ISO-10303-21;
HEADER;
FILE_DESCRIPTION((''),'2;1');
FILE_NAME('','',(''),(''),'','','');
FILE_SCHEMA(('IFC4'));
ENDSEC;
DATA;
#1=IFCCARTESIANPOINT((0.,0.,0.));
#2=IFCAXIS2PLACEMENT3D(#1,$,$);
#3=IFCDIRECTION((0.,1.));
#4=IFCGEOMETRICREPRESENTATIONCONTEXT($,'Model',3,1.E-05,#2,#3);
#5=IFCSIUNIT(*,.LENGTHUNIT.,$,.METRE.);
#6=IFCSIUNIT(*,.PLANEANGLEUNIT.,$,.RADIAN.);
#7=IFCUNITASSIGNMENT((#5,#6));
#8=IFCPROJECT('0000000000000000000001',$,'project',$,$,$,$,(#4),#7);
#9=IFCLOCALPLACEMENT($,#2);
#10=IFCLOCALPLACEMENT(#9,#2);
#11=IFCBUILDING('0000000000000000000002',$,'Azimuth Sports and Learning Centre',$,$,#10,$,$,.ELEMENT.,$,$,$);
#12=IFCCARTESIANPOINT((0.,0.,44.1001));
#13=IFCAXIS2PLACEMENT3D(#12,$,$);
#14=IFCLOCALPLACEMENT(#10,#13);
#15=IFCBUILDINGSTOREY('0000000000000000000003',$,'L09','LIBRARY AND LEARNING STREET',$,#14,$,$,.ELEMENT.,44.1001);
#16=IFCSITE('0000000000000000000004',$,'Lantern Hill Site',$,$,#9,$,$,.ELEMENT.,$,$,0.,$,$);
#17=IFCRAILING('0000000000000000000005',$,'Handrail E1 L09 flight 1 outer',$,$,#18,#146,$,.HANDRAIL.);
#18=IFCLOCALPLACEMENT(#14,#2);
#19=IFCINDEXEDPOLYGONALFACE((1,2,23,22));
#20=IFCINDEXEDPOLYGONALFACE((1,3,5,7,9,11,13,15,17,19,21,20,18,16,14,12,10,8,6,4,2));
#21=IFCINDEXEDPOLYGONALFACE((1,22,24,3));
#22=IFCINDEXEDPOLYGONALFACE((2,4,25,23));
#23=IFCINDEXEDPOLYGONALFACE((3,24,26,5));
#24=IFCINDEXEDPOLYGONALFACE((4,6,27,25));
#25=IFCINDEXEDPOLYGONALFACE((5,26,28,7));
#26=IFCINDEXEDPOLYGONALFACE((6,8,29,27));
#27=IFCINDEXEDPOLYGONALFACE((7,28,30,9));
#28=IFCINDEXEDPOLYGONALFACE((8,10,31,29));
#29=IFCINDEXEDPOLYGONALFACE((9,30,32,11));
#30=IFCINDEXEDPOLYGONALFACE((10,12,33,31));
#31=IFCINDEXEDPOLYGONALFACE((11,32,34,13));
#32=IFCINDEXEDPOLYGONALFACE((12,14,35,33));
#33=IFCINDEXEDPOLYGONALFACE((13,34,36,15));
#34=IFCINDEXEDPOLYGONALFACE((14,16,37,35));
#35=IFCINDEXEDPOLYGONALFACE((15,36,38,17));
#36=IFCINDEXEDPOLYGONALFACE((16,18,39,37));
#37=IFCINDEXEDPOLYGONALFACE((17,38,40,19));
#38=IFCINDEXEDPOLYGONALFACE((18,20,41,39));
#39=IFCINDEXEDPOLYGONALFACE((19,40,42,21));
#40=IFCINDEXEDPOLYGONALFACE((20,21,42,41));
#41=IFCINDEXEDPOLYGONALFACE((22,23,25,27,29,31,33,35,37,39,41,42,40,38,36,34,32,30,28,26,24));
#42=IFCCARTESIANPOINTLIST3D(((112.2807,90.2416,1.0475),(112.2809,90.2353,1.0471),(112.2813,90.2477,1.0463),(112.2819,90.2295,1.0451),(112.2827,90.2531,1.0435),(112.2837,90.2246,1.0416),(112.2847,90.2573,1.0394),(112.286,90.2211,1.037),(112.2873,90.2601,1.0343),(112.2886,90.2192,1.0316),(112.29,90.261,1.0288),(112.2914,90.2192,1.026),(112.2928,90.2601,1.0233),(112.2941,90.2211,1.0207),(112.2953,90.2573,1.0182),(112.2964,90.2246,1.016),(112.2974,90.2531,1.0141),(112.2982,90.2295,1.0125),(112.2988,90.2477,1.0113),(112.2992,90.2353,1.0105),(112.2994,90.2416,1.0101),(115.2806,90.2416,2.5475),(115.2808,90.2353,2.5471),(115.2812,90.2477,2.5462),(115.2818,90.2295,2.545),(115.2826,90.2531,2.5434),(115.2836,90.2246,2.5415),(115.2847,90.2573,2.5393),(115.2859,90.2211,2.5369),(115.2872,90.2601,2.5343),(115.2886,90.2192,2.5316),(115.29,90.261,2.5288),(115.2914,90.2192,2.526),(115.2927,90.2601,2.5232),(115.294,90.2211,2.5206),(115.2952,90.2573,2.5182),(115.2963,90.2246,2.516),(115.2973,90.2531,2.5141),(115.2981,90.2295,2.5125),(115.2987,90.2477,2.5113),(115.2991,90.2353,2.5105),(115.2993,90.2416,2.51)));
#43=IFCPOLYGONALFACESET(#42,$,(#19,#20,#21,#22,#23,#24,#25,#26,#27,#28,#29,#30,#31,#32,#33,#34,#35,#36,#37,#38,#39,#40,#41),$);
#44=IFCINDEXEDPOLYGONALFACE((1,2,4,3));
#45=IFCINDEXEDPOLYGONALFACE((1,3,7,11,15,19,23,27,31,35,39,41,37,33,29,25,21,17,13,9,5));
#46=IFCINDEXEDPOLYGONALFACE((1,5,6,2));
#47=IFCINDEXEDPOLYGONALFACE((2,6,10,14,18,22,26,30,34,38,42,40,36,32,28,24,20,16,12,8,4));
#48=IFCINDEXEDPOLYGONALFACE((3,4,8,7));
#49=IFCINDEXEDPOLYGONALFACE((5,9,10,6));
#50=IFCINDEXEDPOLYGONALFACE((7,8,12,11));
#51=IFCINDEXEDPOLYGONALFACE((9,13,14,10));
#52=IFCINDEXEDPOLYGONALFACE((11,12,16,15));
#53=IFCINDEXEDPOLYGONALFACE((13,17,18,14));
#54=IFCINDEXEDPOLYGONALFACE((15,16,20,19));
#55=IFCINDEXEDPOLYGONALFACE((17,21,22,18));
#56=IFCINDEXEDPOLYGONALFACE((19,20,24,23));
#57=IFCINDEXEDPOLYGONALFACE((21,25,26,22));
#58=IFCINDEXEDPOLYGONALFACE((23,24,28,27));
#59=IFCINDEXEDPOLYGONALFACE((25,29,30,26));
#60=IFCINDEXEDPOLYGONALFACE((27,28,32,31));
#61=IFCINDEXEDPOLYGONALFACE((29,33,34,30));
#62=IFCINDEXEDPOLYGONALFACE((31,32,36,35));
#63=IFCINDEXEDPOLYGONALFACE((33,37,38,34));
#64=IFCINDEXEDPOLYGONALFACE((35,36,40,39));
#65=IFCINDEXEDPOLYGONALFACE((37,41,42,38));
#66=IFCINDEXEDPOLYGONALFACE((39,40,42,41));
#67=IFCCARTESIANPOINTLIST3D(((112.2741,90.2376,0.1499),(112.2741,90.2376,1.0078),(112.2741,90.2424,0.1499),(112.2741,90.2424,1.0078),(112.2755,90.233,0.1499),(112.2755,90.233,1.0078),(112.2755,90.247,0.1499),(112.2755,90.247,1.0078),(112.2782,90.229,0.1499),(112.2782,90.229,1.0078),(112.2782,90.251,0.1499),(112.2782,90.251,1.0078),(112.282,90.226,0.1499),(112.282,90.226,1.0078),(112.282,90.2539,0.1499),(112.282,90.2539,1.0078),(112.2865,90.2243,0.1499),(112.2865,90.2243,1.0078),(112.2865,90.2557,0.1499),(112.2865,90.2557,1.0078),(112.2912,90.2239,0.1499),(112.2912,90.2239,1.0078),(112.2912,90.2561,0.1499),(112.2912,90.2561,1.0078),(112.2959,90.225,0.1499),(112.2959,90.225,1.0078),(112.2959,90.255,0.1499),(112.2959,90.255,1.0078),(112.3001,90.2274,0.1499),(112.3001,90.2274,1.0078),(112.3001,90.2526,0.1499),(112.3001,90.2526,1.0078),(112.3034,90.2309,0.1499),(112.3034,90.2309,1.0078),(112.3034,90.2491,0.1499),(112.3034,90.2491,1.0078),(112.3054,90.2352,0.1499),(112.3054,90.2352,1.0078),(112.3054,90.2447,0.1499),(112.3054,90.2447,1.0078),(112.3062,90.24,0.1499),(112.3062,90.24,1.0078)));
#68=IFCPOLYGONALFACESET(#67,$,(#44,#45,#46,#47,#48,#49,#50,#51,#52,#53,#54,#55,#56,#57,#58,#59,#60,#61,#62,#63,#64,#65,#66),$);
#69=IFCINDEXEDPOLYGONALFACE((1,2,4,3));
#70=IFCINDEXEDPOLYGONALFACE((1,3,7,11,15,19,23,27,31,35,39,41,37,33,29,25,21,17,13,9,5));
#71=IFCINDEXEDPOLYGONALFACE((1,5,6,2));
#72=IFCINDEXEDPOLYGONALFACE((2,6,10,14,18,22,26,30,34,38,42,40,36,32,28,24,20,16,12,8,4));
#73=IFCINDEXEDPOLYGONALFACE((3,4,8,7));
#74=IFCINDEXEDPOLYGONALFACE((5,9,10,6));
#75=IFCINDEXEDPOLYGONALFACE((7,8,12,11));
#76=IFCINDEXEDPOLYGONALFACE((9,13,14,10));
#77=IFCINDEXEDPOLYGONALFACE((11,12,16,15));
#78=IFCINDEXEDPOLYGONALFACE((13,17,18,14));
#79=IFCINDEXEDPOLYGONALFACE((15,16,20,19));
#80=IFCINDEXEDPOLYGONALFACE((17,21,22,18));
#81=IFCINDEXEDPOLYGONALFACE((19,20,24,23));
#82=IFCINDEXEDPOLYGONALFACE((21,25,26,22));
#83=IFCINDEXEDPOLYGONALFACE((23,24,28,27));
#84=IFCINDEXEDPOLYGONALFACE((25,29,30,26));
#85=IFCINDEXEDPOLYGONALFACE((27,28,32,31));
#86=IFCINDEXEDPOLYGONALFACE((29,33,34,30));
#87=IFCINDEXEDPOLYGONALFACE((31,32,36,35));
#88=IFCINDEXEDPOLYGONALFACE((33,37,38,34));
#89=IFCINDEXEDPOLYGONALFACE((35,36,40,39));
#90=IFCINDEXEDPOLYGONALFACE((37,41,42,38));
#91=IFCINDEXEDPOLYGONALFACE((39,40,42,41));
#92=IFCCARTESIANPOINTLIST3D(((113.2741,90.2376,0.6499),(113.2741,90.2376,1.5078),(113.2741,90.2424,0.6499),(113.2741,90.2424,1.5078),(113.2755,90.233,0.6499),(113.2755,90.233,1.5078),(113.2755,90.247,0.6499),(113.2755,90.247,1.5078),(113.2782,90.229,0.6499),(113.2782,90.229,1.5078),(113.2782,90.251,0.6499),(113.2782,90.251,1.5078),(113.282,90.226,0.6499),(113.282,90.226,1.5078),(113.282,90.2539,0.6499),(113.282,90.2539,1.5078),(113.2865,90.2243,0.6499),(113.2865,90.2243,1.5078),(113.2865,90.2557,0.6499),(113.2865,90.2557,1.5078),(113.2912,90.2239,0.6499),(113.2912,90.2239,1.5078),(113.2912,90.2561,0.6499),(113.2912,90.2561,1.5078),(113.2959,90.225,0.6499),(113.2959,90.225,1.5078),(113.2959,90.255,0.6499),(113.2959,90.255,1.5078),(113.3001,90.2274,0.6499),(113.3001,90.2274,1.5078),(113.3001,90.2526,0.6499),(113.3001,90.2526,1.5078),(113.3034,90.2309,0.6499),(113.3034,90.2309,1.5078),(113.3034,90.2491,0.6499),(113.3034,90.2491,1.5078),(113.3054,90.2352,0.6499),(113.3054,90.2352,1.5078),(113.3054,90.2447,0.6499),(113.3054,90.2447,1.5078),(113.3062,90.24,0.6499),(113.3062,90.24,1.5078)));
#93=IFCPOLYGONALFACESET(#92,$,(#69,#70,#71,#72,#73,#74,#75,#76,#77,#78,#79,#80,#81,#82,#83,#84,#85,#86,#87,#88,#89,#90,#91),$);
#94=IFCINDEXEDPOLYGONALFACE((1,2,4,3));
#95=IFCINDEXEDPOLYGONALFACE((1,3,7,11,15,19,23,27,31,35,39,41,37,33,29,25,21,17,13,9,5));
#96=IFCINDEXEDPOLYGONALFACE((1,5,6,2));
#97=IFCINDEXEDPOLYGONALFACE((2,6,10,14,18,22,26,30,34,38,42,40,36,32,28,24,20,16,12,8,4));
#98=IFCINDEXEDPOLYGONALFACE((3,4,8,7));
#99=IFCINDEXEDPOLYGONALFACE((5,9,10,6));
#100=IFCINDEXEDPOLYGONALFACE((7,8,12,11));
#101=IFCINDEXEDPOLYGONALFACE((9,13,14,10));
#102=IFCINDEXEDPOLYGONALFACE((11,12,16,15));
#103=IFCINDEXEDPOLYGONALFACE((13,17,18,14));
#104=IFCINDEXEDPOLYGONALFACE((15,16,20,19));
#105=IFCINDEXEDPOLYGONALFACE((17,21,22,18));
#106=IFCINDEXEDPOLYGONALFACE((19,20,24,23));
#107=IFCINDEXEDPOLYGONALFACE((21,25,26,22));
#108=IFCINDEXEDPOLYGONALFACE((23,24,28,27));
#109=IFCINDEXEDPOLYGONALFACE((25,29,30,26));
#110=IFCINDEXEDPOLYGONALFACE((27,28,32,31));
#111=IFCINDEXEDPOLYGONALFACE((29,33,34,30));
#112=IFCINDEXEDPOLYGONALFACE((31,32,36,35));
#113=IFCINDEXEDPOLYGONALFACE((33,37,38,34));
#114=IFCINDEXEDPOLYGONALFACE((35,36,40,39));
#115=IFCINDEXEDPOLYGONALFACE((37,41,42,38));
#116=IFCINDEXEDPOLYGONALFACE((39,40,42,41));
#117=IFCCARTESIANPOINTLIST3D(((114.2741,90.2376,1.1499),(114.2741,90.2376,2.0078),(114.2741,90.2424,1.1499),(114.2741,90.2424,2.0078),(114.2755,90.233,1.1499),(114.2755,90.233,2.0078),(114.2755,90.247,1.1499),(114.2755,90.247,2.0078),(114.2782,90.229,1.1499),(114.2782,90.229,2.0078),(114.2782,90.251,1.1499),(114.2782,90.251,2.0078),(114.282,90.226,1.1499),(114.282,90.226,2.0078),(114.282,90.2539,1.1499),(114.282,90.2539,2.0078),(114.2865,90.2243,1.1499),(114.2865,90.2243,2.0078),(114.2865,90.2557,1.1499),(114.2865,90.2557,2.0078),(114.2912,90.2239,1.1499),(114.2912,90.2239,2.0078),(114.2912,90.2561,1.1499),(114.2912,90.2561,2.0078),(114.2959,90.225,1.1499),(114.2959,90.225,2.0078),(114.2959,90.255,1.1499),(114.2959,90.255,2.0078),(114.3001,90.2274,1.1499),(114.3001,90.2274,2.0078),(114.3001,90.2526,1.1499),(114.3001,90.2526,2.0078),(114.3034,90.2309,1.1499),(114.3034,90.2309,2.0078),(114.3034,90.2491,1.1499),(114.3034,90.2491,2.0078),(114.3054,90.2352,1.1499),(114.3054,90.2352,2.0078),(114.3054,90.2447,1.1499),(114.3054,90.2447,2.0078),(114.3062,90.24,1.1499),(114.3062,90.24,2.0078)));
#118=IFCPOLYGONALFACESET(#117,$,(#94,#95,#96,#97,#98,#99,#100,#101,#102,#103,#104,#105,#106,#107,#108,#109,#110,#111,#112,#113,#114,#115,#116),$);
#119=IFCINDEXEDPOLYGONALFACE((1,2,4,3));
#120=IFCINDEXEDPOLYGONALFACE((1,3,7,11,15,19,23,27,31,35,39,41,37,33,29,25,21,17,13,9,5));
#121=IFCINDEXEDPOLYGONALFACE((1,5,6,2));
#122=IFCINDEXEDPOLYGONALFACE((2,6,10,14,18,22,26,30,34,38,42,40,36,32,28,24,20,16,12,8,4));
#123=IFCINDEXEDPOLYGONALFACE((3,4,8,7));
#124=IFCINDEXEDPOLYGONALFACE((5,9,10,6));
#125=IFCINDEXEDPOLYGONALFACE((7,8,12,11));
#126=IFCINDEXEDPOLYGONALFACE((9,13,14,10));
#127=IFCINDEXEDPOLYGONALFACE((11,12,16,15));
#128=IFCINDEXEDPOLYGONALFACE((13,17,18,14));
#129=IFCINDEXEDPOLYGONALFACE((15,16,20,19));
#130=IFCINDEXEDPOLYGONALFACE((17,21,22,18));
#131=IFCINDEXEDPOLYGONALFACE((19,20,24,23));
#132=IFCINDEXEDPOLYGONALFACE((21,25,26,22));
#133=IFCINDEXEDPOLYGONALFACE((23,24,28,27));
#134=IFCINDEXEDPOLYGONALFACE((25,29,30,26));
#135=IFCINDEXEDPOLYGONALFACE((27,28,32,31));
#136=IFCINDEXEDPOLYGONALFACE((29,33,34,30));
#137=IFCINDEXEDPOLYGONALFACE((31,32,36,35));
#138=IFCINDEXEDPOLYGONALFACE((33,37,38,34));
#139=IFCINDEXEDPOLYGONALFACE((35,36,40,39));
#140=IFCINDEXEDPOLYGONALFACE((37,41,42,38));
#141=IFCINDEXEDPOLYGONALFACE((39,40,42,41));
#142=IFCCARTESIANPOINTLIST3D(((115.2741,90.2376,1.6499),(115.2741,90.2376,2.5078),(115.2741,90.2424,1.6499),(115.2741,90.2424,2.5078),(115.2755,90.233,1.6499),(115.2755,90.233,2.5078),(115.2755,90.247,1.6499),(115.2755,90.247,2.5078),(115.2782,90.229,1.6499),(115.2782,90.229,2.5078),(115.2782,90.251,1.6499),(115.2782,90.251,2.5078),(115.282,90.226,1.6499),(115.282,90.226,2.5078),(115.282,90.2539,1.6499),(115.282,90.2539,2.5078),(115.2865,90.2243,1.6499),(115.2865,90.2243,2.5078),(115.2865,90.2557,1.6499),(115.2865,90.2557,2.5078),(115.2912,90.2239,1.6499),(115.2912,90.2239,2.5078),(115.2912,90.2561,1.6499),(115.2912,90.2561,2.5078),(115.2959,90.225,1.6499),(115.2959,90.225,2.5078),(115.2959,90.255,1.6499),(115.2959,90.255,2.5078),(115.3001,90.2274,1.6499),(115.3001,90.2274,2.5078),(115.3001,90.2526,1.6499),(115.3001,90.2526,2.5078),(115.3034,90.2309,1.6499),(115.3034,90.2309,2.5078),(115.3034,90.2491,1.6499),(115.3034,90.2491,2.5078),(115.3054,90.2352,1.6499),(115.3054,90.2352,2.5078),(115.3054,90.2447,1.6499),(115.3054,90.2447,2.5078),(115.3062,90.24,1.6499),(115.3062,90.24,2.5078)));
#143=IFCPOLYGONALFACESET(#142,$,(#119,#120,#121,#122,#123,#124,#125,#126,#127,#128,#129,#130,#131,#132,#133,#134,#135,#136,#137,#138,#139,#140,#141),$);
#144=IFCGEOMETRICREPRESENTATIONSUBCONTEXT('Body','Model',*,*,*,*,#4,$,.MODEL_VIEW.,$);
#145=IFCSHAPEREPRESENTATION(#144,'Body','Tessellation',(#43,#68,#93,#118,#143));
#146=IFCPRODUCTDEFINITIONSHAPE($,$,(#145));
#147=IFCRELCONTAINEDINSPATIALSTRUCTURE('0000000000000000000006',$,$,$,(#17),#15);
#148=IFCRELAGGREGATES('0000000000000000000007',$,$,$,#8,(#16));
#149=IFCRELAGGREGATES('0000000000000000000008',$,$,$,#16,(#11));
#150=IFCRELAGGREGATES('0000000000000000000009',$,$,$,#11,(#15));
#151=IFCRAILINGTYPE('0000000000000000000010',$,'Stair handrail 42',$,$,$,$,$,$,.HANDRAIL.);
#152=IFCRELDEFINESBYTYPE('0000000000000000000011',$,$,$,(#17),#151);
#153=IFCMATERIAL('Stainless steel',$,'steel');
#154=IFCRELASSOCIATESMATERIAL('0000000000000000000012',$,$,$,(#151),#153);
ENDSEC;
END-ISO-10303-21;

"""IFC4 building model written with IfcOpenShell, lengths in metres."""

from ifc_helpers import new_model, si_unit, direction, frame, origin, origin_2d, place, context, subcontext, project, spatial, circle, extrude, material, type_object, element, save


model = new_model("IFC4")

# Units and contexts
model_context = context("Model", 3, precision=1e-05, world=origin(), true_north=direction((0.0, 1.0)))
body_context = subcontext(model_context, "Body", "Model", "MODEL_VIEW")
ifc_project = project(units=[si_unit("LENGTHUNIT", "METRE"), si_unit("PLANEANGLEUNIT", "RADIAN")], contexts=[model_context])

# Site, building, storey
site_placement = place(None, origin())
site = spatial("IfcSite", under=ifc_project, at=site_placement, Name="Lantern Hill Site", CompositionType="ELEMENT", RefElevation=0.0)
building_placement = place(site_placement, origin())
building = spatial("IfcBuilding", under=site, at=building_placement, Name="Azimuth Sports and Learning Centre", CompositionType="ELEMENT")
storey_placement = place(building_placement, frame((0.0, 0.0, 44.1001)))
storey = spatial("IfcBuildingStorey", under=building, at=storey_placement, Name="L09", Description="LIBRARY AND LEARNING STREET", CompositionType="ELEMENT", Elevation=44.1001)

# Railing
ifc_material_1 = material(Name="Stainless steel", Category="steel")
railing_type_1 = type_object("IfcRailingType", Name="Stair handrail 42", PredefinedType="HANDRAIL", material=ifc_material_1)
for number, where, name in (
    (1, (112.29, 90.24, 0.1499), "Handrail E1 L09 flight 1 outer"),
):
    element("IfcRailing", number, at=place(storey_placement, frame(where)), inside=storey, type_object=railing_type_1, Name=name, PredefinedType="HANDRAIL", context=body_context, shape_type="SweptSolid", body=[
        extrude(circle(Radius=0.021, at=origin_2d()), frame((0.0, 0.0, 0.8789), z_axis=(0.894427, 0.0, 0.447214), x_axis=(0.0, 1.0, 0.0)), (0.0, 0.0, 1.0), 3.354),
        extrude(circle(Radius=0.0161, at=origin_2d()), origin(), (0.0, 0.0, 1.0), 0.8579),
        extrude(circle(Radius=0.0161, at=origin_2d()), frame((1.0, 0.0, 0.5)), (0.0, 0.0, 1.0), 0.8579),
        extrude(circle(Radius=0.0161, at=origin_2d()), frame((2.0, 0.0, 1.0)), (0.0, 0.0, 1.0), 0.8579),
        extrude(circle(Radius=0.0161, at=origin_2d()), frame((3.0, 0.0, 1.5)), (0.0, 0.0, 1.0), 0.8579),
    ])

save(model, "model.ifc")
